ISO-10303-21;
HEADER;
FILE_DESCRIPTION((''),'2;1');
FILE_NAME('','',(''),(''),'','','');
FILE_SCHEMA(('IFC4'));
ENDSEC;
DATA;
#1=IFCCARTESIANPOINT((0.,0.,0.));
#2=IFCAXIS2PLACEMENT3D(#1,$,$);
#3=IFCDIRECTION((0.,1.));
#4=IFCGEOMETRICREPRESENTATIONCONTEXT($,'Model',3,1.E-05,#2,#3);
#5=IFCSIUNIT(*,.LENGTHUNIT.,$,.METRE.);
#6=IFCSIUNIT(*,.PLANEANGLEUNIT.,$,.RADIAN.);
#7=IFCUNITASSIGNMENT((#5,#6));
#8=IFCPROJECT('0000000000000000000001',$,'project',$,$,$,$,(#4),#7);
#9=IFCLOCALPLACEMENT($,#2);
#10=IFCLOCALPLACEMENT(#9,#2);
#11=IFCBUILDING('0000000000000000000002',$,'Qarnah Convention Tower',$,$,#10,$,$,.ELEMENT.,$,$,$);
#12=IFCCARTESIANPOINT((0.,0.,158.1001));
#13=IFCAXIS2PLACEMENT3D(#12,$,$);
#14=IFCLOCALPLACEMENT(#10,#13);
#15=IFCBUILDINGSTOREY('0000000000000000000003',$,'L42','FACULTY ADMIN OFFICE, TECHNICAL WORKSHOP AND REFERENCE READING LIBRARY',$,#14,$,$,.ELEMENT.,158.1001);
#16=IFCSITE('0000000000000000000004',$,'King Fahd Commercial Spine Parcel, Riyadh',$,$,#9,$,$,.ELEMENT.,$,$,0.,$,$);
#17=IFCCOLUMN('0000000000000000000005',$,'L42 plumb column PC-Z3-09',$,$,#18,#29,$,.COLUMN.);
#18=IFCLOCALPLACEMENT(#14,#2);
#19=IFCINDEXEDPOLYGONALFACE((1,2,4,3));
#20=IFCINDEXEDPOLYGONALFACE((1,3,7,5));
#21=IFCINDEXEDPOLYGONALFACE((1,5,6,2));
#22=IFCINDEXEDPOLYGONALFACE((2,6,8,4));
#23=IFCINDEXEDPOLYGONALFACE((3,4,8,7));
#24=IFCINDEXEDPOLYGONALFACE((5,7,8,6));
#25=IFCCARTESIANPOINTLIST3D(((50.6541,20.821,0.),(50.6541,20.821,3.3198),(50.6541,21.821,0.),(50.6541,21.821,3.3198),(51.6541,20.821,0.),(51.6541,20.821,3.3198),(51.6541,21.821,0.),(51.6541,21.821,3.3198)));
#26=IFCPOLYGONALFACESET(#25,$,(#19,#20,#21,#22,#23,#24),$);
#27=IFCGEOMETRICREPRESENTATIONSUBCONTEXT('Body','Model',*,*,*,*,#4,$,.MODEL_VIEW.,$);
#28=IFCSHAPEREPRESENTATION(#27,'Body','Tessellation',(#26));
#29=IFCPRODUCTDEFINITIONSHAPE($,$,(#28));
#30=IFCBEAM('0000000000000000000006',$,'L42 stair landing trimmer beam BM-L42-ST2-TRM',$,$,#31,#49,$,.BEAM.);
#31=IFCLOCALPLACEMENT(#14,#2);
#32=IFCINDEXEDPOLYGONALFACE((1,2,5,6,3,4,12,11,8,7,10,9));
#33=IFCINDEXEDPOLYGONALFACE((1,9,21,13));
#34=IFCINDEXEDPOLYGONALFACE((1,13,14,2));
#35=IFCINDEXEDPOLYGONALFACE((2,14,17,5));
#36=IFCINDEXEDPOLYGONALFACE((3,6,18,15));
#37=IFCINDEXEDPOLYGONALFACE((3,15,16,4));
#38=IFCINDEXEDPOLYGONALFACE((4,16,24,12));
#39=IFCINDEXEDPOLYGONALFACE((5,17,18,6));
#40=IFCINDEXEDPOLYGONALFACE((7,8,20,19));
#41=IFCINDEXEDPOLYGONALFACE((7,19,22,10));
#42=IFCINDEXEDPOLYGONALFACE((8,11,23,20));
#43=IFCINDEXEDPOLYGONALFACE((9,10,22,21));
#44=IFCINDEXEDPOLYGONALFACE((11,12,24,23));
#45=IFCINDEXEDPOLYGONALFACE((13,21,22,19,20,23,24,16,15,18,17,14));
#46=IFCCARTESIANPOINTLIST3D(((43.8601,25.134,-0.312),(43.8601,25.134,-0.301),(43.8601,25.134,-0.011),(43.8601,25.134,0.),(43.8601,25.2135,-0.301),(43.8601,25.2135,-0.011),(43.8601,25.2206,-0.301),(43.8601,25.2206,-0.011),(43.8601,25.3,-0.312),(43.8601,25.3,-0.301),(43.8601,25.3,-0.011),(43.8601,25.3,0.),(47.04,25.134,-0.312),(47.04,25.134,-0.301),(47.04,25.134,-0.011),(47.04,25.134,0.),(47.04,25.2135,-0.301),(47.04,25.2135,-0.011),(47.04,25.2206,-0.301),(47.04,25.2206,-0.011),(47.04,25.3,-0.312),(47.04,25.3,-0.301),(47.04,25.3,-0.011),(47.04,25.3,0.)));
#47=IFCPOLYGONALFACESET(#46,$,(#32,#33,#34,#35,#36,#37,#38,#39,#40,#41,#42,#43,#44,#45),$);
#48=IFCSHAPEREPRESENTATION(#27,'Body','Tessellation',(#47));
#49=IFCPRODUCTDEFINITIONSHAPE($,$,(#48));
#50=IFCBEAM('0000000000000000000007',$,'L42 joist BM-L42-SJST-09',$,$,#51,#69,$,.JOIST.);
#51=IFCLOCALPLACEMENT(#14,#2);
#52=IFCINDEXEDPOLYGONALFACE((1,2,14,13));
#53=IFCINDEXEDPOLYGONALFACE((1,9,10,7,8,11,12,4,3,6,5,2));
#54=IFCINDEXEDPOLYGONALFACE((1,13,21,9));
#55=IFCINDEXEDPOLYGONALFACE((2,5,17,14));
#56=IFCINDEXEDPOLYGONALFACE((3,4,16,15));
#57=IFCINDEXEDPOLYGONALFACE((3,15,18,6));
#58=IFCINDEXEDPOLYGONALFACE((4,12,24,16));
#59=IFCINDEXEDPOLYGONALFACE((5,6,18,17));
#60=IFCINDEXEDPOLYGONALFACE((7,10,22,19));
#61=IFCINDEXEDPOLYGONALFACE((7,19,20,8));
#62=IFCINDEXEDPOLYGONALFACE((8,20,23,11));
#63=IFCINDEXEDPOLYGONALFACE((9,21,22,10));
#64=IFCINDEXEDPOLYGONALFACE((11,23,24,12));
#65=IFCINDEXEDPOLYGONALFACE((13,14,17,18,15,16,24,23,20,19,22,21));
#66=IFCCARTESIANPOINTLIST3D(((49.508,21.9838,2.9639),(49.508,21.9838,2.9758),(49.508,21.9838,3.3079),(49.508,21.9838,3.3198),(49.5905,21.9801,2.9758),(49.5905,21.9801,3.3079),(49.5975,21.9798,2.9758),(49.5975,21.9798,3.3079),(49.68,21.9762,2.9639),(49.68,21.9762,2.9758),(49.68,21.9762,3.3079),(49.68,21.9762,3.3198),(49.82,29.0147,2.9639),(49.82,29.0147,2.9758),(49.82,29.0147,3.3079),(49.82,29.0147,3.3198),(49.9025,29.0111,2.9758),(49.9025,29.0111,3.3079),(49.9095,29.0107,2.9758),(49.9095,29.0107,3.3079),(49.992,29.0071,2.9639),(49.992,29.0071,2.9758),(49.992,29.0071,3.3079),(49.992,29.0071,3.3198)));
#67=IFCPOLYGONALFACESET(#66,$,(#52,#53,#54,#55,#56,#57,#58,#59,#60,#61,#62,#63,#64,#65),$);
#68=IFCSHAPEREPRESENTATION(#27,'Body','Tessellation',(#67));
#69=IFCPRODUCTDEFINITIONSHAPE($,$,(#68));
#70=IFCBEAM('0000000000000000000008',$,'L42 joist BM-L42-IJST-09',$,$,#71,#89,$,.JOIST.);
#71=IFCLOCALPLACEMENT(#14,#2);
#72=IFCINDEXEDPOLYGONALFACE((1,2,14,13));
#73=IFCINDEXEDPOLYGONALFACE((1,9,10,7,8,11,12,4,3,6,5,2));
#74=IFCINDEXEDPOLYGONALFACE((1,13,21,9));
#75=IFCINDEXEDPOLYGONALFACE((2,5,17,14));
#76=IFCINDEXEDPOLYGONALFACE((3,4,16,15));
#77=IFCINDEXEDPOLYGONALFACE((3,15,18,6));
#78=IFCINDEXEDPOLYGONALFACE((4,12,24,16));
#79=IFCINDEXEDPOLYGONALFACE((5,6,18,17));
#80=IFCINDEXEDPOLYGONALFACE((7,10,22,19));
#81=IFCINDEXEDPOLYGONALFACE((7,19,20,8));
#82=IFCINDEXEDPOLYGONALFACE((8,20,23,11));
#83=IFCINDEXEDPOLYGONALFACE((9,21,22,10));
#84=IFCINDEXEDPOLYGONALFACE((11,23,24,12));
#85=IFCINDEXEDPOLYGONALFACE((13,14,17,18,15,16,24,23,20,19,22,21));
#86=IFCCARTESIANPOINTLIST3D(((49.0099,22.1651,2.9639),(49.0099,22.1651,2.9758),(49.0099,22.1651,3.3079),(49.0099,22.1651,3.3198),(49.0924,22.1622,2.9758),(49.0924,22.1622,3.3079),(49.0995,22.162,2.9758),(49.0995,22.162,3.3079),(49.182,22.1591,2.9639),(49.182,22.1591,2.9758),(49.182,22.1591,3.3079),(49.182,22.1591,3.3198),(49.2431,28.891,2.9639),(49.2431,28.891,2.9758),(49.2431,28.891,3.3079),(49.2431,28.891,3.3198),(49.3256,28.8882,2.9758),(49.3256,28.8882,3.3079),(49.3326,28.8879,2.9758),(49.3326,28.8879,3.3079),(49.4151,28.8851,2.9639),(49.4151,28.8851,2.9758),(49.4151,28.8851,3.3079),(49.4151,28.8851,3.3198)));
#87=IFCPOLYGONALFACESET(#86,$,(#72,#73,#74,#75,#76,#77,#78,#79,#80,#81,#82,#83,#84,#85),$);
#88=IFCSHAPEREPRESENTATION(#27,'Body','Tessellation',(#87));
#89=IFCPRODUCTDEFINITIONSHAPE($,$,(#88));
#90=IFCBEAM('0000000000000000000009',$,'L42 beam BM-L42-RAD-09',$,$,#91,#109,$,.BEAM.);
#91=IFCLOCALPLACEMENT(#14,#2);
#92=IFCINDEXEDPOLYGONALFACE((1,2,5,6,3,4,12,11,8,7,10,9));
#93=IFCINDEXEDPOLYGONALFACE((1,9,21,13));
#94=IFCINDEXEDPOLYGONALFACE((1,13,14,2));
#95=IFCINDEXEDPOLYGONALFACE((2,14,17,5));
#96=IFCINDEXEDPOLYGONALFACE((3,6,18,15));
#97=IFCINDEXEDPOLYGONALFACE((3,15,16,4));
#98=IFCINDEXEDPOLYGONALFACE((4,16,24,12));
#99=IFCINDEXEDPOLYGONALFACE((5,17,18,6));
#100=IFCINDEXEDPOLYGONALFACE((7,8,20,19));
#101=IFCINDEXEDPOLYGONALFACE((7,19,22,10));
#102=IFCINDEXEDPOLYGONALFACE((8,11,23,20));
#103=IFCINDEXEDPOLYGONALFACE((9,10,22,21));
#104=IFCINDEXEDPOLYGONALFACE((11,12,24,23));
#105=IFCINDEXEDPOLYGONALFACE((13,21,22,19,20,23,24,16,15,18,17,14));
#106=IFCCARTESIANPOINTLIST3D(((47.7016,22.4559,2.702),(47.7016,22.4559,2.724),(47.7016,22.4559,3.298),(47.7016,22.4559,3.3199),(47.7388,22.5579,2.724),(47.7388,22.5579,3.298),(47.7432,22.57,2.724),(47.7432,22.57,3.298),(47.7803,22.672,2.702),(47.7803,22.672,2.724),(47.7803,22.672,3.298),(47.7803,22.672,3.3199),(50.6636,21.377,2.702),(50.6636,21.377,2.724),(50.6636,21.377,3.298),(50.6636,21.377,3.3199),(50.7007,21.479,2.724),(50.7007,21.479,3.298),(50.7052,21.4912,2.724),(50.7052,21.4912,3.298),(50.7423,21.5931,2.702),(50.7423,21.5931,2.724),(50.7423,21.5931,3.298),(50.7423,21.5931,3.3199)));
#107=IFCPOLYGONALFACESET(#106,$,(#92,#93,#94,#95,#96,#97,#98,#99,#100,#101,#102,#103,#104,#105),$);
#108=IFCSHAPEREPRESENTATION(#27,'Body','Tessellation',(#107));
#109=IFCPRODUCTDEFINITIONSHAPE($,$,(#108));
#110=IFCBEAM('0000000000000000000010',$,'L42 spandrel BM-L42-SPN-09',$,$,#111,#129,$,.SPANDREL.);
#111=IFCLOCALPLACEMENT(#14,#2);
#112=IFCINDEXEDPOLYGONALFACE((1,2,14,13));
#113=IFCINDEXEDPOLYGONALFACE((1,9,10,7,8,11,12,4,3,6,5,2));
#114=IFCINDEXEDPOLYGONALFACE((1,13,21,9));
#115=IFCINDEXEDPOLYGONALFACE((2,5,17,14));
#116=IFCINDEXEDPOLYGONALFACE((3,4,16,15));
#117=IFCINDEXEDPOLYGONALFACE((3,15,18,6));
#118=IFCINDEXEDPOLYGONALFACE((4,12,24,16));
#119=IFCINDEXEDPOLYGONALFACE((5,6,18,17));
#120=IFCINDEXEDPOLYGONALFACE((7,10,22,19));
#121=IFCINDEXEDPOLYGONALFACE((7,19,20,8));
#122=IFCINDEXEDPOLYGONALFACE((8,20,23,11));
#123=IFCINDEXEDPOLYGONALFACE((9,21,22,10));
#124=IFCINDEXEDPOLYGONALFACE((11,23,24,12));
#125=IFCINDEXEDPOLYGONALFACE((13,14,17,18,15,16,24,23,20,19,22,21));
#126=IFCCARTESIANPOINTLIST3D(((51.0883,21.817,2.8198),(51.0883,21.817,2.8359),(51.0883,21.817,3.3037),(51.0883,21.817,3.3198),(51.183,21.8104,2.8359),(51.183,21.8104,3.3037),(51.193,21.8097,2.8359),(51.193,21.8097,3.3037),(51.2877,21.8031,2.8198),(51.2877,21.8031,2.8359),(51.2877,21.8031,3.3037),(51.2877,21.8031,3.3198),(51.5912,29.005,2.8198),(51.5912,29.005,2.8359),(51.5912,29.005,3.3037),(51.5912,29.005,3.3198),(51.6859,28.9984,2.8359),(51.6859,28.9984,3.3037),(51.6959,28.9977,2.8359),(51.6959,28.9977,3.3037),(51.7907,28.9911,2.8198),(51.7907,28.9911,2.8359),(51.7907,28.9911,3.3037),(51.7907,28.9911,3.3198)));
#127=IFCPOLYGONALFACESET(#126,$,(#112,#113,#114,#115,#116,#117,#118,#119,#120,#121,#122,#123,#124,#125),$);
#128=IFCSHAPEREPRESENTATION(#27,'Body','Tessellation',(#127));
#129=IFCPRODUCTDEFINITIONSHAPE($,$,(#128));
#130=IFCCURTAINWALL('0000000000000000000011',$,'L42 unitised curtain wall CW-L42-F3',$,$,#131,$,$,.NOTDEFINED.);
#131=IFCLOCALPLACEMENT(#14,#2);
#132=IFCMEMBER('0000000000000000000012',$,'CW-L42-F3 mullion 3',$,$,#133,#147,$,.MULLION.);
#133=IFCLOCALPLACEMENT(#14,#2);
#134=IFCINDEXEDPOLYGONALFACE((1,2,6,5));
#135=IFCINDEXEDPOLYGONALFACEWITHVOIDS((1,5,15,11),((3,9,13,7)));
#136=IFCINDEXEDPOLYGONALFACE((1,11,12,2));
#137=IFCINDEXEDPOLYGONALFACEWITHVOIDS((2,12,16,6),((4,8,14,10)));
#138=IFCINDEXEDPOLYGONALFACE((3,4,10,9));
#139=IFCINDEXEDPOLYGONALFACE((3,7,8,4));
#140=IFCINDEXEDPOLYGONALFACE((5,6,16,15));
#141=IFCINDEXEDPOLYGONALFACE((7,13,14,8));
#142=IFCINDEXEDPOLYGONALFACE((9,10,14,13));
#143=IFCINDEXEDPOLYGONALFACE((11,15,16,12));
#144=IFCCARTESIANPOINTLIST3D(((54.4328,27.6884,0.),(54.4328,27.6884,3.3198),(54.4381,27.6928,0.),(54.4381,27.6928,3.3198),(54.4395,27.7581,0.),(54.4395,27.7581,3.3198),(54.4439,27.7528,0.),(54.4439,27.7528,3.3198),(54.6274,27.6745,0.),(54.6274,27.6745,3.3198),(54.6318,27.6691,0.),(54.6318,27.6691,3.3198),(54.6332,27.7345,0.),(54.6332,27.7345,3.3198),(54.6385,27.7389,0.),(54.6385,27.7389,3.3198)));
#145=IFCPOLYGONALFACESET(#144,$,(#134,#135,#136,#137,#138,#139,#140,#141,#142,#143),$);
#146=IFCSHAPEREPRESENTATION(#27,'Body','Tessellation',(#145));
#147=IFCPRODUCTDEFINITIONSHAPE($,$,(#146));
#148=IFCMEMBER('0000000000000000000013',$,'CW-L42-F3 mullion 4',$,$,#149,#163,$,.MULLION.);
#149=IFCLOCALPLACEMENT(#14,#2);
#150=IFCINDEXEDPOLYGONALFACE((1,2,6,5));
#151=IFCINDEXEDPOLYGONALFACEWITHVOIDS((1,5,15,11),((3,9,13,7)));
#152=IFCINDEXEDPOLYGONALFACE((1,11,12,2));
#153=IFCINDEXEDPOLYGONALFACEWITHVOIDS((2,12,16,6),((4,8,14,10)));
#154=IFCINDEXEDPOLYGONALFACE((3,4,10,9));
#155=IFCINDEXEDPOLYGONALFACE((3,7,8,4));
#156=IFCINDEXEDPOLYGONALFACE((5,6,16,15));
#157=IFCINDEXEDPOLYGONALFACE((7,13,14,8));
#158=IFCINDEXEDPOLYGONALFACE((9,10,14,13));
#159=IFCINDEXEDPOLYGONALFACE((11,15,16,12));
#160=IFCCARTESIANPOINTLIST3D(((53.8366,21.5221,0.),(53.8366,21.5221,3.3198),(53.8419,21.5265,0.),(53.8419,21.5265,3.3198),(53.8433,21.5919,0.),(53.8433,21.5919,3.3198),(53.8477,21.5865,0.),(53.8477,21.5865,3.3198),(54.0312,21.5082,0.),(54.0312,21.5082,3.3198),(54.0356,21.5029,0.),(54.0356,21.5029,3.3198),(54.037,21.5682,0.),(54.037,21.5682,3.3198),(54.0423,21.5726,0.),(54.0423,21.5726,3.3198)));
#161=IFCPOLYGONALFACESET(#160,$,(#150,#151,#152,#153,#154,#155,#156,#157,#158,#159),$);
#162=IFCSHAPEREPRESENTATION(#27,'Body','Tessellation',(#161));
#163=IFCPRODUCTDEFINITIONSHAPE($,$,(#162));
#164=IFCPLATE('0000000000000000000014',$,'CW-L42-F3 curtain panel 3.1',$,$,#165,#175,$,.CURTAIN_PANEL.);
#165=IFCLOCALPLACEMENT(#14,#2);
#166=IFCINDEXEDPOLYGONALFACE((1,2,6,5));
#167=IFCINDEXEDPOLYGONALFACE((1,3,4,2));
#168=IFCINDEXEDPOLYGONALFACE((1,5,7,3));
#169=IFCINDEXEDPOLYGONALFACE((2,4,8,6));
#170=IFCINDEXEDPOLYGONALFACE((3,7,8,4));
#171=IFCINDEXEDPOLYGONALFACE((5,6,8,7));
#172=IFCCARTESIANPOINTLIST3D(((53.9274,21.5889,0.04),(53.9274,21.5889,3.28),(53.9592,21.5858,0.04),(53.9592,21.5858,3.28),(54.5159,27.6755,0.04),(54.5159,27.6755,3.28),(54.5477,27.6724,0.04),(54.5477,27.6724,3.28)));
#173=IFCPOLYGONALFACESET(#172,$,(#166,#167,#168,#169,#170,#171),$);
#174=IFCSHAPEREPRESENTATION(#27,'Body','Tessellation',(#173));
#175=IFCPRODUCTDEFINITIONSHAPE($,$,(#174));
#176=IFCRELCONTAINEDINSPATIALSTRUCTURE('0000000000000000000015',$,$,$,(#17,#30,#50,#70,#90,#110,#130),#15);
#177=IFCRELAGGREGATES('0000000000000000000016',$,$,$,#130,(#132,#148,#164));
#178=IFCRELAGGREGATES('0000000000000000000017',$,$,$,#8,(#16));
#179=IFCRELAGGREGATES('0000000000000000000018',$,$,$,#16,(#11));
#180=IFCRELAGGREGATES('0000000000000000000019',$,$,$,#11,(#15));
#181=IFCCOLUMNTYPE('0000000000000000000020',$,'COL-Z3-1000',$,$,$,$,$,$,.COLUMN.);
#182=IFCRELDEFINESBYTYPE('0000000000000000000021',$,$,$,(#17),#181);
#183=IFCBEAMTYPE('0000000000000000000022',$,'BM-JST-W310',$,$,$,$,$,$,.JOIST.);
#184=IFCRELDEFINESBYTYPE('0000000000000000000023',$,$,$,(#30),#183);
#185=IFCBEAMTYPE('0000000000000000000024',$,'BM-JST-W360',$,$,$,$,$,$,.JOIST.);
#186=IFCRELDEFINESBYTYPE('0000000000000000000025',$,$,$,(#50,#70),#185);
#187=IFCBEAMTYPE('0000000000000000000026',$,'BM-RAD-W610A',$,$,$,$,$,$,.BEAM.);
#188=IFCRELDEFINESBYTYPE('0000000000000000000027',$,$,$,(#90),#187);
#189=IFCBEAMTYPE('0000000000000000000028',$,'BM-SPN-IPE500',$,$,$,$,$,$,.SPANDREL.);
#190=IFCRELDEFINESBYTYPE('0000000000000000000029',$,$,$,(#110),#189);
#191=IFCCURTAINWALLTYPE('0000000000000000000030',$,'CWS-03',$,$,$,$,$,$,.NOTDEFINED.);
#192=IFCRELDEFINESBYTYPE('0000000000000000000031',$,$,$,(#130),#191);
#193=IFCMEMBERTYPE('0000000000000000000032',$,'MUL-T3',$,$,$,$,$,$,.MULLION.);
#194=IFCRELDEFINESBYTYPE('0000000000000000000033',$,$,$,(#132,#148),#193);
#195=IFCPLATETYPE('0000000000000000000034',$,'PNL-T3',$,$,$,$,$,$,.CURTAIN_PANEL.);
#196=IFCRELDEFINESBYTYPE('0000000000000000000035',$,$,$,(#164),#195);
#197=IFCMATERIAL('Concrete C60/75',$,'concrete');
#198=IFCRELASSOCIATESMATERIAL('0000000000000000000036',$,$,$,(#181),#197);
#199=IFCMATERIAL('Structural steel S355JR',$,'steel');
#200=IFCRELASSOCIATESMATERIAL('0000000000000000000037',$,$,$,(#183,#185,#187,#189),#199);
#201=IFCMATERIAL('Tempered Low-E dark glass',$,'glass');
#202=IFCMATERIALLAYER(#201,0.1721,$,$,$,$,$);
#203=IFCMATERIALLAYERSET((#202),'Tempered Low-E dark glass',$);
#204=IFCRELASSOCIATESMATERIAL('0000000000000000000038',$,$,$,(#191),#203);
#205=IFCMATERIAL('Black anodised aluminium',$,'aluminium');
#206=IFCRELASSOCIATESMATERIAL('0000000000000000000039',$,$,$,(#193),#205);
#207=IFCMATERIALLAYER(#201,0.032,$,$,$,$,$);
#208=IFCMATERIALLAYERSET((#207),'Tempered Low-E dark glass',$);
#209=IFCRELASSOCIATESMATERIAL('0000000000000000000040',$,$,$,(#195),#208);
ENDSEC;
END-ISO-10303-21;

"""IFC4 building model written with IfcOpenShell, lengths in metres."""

from ifc_helpers import new_model, si_unit, direction, frame, origin, origin_2d, place, context, subcontext, project, spatial, rectangle, hollow_rectangle, i_section, extrude, material, layer, layer_set, material_profile, profile_set, type_object, element, aggregate, save


model = new_model("IFC4")

# Units and contexts
model_context = context("Model", 3, precision=1e-05, world=origin(), true_north=direction((0.0, 1.0)))
body_context = subcontext(model_context, "Body", "Model", "MODEL_VIEW")
ifc_project = project(units=[si_unit("LENGTHUNIT", "METRE"), si_unit("PLANEANGLEUNIT", "RADIAN")], contexts=[model_context])

# Site, building, storey
site_placement = place(None, origin())
site = spatial("IfcSite", under=ifc_project, at=site_placement, Name="King Fahd Commercial Spine Parcel, Riyadh", CompositionType="ELEMENT", RefElevation=0.0)
building_placement = place(site_placement, origin())
building = spatial("IfcBuilding", under=site, at=building_placement, Name="Qarnah Convention Tower", CompositionType="ELEMENT")
storey_placement = place(building_placement, frame((0.0, 0.0, 158.1001)))
storey = spatial("IfcBuildingStorey", under=building, at=storey_placement, Name="L42", Description="FACULTY ADMIN OFFICE, TECHNICAL WORKSHOP AND REFERENCE READING LIBRARY", CompositionType="ELEMENT", Elevation=158.1001)

# Column
ifc_material_1 = material(Name="Concrete C60/75", Category="concrete")
ifc_material_profile_1 = material_profile(ifc_material_1, rectangle(XDim=1.0, YDim=1.0, at=origin_2d()), Name="RC-COL-1000X1000")
ifc_profile_set_1 = profile_set([ifc_material_profile_1], Name="Concrete C60/75")
column_type = type_object("IfcColumnType", Name="COL-Z3-1000", PredefinedType="COLUMN", material=ifc_profile_set_1)
column_placement = place(storey_placement, frame((51.1541, 21.321, 0.0), z_axis=(0.0, 0.0, 1.0), x_axis=(1.0, 0.0, 0.0)))
element("IfcColumn", 1, at=column_placement, inside=storey, type_object=column_type, Name="L42 plumb column PC-Z3-09", PredefinedType="COLUMN", context=body_context, shape_type="SweptSolid", body=[
    extrude(rectangle(XDim=1.0, YDim=1.0, at=origin_2d()), origin(), (0.0, 0.0, 1.0), 3.3198),
])

# Beams
ifc_material_2 = material(Name="Structural steel S355JR", Category="steel")
ifc_material_profile_2 = material_profile(ifc_material_2, i_section(OverallWidth=0.166, OverallDepth=0.312, WebThickness=0.0071, FlangeThickness=0.011, at=origin_2d()), Name="W310X45")
ifc_profile_set_2 = profile_set([ifc_material_profile_2], Name="Structural steel S355JR")
beam_type_1 = type_object("IfcBeamType", Name="BM-JST-W310", PredefinedType="JOIST", material=ifc_profile_set_2)
beam_1_placement = place(storey_placement, frame((43.8601, 25.217, -0.156), z_axis=(1.0, 0.0, 0.0), x_axis=(0.0, 1.0, 0.0)))
element("IfcBeam", 2, at=beam_1_placement, inside=storey, type_object=beam_type_1, Name="L42 stair landing trimmer beam BM-L42-ST2-TRM", PredefinedType="BEAM", context=body_context, shape_type="SweptSolid", body=[
    extrude(i_section(OverallWidth=0.166, OverallDepth=0.312, WebThickness=0.0071, FlangeThickness=0.011, at=origin_2d()), origin(), (0.0, 0.0, 1.0), 3.1799),
])
ifc_material_profile_3 = material_profile(ifc_material_2, i_section(OverallWidth=0.1721, OverallDepth=0.356, WebThickness=0.0071, FlangeThickness=0.012, at=origin_2d()), Name="W360X51")
ifc_profile_set_3 = profile_set([ifc_material_profile_3], Name="Structural steel S355JR")
beam_type_2 = type_object("IfcBeamType", Name="BM-JST-W360", PredefinedType="JOIST", material=ifc_profile_set_3)
beam_2_placement = place(storey_placement, frame((49.594, 21.98, 3.1418), z_axis=(0.044333, 0.999017, 0.0), x_axis=(-0.999017, 0.044333, 0.0)))
element("IfcBeam", 3, at=beam_2_placement, inside=storey, type_object=beam_type_2, Name="L42 joist BM-L42-SJST-09", PredefinedType="JOIST", context=body_context, shape_type="SweptSolid", body=[
    extrude(i_section(OverallWidth=0.1721, OverallDepth=0.356, WebThickness=0.0071, FlangeThickness=0.012, at=origin_2d()), origin(), (0.0, 0.0, 1.0), 7.0378),
])
beam_3_placement = place(storey_placement, frame((49.0959, 22.1621, 3.1418), z_axis=(0.034645, 0.9994, 0.0), x_axis=(-0.9994, 0.034645, 0.0)))
element("IfcBeam", 4, at=beam_3_placement, inside=storey, type_object=beam_type_2, Name="L42 joist BM-L42-IJST-09", PredefinedType="JOIST", context=body_context, shape_type="SweptSolid", body=[
    extrude(i_section(OverallWidth=0.1721, OverallDepth=0.356, WebThickness=0.0071, FlangeThickness=0.012, at=origin_2d()), origin(), (0.0, 0.0, 1.0), 6.73),
])
ifc_material_profile_4 = material_profile(ifc_material_2, i_section(OverallWidth=0.23, OverallDepth=0.6179, WebThickness=0.0129, FlangeThickness=0.022, at=origin_2d()), Name="W610X140")
ifc_profile_set_4 = profile_set([ifc_material_profile_4], Name="Structural steel S355JR")
beam_type_3 = type_object("IfcBeamType", Name="BM-RAD-W610A", PredefinedType="BEAM", material=ifc_profile_set_4)
beam_4_placement = place(storey_placement, frame((47.741, 22.564, 3.011), z_axis=(0.93961, -0.342247, 0.0), x_axis=(0.342247, 0.93961, 0.0)))
element("IfcBeam", 5, at=beam_4_placement, inside=storey, type_object=beam_type_3, Name="L42 beam BM-L42-RAD-09", PredefinedType="BEAM", context=body_context, shape_type="SweptSolid", body=[
    extrude(i_section(OverallWidth=0.23, OverallDepth=0.6179, WebThickness=0.0129, FlangeThickness=0.022, at=origin_2d()), origin(), (0.0, 0.0, 1.0), 3.1523),
])
ifc_material_profile_5 = material_profile(ifc_material_2, i_section(OverallWidth=0.2, OverallDepth=0.5, WebThickness=0.01, FlangeThickness=0.0161, at=origin_2d()), Name="IPE500")
ifc_profile_set_5 = profile_set([ifc_material_profile_5], Name="Structural steel S355JR")
beam_type_4 = type_object("IfcBeamType", Name="BM-SPN-IPE500", PredefinedType="SPANDREL", material=ifc_profile_set_5)
beam_5_placement = place(storey_placement, frame((51.188, 21.8101, 3.0698), z_axis=(0.069797, 0.997561, 0.0), x_axis=(-0.997561, 0.069797, 0.0)))
element("IfcBeam", 6, at=beam_5_placement, inside=storey, type_object=beam_type_4, Name="L42 spandrel BM-L42-SPN-09", PredefinedType="SPANDREL", context=body_context, shape_type="SweptSolid", body=[
    extrude(i_section(OverallWidth=0.2, OverallDepth=0.5, WebThickness=0.01, FlangeThickness=0.0161, at=origin_2d()), origin(), (0.0, 0.0, 1.0), 7.2056),
])

# Curtain wall, members, plate
ifc_material_3 = material(Name="Tempered Low-E dark glass", Category="glass")
ifc_layer_1 = layer(ifc_material_3, 0.1721)
ifc_layer_set_1 = layer_set([ifc_layer_1], Name="Tempered Low-E dark glass")
curtain_wall_type = type_object("IfcCurtainWallType", Name="CWS-03", PredefinedType="NOTDEFINED", material=ifc_layer_set_1)
curtain_wall_placement = place(storey_placement, origin())
curtain_wall = element("IfcCurtainWall", 7, at=curtain_wall_placement, inside=storey, type_object=curtain_wall_type, Name="L42 unitised curtain wall CW-L42-F3", PredefinedType="NOTDEFINED")
ifc_material_4 = material(Name="Black anodised aluminium", Category="aluminium")
ifc_material_profile_6 = material_profile(ifc_material_4, hollow_rectangle(XDim=0.0701, YDim=0.2, WallThickness=0.0049, at=origin_2d()), Name="MUL-70X200")
ifc_profile_set_6 = profile_set([ifc_material_profile_6], Name="Black anodised aluminium")
member_type = type_object("IfcMemberType", Name="MUL-T3", PredefinedType="MULLION", material=ifc_profile_set_6)
member_1_placement = place(storey_placement, frame((54.5356, 27.7136, 0.0), z_axis=(0.0, 0.0, 1.0), x_axis=(-0.09624, -0.995358, 0.0)))
member_1 = element("IfcMember", 8, at=member_1_placement, type_object=member_type, Name="CW-L42-F3 mullion 3", PredefinedType="MULLION", context=body_context, shape_type="SweptSolid", body=[
    extrude(hollow_rectangle(XDim=0.0701, YDim=0.2, WallThickness=0.0049, at=origin_2d()), origin(), (0.0, 0.0, 1.0), 3.3198),
])
member_2_placement = place(storey_placement, frame((53.9395, 21.5474, 0.0), z_axis=(0.0, 0.0, 1.0), x_axis=(-0.09624, -0.995358, 0.0)))
member_2 = element("IfcMember", 9, at=member_2_placement, type_object=member_type, Name="CW-L42-F3 mullion 4", PredefinedType="MULLION", context=body_context, shape_type="SweptSolid", body=[
    extrude(hollow_rectangle(XDim=0.0701, YDim=0.2, WallThickness=0.0049, at=origin_2d()), origin(), (0.0, 0.0, 1.0), 3.3198),
])
ifc_layer_2 = layer(ifc_material_3, 0.032)
ifc_layer_set_2 = layer_set([ifc_layer_2], Name="Tempered Low-E dark glass")
plate_type = type_object("IfcPlateType", Name="PNL-T3", PredefinedType="CURTAIN_PANEL", material=ifc_layer_set_2)
plate_placement = place(storey_placement, frame((54.2375, 24.6306, 0.04), z_axis=(0.0, 0.0, 1.0), x_axis=(-0.09624, -0.995358, 0.0)))
plate = element("IfcPlate", 10, at=plate_placement, type_object=plate_type, Name="CW-L42-F3 curtain panel 3.1", PredefinedType="CURTAIN_PANEL", context=body_context, shape_type="SweptSolid", body=[
    extrude(rectangle(XDim=6.115, YDim=0.032, at=origin_2d()), origin(), (0.0, 0.0, 1.0), 3.24),
])
aggregate(curtain_wall, [member_1, member_2, plate])

save(model, "model.ifc")
